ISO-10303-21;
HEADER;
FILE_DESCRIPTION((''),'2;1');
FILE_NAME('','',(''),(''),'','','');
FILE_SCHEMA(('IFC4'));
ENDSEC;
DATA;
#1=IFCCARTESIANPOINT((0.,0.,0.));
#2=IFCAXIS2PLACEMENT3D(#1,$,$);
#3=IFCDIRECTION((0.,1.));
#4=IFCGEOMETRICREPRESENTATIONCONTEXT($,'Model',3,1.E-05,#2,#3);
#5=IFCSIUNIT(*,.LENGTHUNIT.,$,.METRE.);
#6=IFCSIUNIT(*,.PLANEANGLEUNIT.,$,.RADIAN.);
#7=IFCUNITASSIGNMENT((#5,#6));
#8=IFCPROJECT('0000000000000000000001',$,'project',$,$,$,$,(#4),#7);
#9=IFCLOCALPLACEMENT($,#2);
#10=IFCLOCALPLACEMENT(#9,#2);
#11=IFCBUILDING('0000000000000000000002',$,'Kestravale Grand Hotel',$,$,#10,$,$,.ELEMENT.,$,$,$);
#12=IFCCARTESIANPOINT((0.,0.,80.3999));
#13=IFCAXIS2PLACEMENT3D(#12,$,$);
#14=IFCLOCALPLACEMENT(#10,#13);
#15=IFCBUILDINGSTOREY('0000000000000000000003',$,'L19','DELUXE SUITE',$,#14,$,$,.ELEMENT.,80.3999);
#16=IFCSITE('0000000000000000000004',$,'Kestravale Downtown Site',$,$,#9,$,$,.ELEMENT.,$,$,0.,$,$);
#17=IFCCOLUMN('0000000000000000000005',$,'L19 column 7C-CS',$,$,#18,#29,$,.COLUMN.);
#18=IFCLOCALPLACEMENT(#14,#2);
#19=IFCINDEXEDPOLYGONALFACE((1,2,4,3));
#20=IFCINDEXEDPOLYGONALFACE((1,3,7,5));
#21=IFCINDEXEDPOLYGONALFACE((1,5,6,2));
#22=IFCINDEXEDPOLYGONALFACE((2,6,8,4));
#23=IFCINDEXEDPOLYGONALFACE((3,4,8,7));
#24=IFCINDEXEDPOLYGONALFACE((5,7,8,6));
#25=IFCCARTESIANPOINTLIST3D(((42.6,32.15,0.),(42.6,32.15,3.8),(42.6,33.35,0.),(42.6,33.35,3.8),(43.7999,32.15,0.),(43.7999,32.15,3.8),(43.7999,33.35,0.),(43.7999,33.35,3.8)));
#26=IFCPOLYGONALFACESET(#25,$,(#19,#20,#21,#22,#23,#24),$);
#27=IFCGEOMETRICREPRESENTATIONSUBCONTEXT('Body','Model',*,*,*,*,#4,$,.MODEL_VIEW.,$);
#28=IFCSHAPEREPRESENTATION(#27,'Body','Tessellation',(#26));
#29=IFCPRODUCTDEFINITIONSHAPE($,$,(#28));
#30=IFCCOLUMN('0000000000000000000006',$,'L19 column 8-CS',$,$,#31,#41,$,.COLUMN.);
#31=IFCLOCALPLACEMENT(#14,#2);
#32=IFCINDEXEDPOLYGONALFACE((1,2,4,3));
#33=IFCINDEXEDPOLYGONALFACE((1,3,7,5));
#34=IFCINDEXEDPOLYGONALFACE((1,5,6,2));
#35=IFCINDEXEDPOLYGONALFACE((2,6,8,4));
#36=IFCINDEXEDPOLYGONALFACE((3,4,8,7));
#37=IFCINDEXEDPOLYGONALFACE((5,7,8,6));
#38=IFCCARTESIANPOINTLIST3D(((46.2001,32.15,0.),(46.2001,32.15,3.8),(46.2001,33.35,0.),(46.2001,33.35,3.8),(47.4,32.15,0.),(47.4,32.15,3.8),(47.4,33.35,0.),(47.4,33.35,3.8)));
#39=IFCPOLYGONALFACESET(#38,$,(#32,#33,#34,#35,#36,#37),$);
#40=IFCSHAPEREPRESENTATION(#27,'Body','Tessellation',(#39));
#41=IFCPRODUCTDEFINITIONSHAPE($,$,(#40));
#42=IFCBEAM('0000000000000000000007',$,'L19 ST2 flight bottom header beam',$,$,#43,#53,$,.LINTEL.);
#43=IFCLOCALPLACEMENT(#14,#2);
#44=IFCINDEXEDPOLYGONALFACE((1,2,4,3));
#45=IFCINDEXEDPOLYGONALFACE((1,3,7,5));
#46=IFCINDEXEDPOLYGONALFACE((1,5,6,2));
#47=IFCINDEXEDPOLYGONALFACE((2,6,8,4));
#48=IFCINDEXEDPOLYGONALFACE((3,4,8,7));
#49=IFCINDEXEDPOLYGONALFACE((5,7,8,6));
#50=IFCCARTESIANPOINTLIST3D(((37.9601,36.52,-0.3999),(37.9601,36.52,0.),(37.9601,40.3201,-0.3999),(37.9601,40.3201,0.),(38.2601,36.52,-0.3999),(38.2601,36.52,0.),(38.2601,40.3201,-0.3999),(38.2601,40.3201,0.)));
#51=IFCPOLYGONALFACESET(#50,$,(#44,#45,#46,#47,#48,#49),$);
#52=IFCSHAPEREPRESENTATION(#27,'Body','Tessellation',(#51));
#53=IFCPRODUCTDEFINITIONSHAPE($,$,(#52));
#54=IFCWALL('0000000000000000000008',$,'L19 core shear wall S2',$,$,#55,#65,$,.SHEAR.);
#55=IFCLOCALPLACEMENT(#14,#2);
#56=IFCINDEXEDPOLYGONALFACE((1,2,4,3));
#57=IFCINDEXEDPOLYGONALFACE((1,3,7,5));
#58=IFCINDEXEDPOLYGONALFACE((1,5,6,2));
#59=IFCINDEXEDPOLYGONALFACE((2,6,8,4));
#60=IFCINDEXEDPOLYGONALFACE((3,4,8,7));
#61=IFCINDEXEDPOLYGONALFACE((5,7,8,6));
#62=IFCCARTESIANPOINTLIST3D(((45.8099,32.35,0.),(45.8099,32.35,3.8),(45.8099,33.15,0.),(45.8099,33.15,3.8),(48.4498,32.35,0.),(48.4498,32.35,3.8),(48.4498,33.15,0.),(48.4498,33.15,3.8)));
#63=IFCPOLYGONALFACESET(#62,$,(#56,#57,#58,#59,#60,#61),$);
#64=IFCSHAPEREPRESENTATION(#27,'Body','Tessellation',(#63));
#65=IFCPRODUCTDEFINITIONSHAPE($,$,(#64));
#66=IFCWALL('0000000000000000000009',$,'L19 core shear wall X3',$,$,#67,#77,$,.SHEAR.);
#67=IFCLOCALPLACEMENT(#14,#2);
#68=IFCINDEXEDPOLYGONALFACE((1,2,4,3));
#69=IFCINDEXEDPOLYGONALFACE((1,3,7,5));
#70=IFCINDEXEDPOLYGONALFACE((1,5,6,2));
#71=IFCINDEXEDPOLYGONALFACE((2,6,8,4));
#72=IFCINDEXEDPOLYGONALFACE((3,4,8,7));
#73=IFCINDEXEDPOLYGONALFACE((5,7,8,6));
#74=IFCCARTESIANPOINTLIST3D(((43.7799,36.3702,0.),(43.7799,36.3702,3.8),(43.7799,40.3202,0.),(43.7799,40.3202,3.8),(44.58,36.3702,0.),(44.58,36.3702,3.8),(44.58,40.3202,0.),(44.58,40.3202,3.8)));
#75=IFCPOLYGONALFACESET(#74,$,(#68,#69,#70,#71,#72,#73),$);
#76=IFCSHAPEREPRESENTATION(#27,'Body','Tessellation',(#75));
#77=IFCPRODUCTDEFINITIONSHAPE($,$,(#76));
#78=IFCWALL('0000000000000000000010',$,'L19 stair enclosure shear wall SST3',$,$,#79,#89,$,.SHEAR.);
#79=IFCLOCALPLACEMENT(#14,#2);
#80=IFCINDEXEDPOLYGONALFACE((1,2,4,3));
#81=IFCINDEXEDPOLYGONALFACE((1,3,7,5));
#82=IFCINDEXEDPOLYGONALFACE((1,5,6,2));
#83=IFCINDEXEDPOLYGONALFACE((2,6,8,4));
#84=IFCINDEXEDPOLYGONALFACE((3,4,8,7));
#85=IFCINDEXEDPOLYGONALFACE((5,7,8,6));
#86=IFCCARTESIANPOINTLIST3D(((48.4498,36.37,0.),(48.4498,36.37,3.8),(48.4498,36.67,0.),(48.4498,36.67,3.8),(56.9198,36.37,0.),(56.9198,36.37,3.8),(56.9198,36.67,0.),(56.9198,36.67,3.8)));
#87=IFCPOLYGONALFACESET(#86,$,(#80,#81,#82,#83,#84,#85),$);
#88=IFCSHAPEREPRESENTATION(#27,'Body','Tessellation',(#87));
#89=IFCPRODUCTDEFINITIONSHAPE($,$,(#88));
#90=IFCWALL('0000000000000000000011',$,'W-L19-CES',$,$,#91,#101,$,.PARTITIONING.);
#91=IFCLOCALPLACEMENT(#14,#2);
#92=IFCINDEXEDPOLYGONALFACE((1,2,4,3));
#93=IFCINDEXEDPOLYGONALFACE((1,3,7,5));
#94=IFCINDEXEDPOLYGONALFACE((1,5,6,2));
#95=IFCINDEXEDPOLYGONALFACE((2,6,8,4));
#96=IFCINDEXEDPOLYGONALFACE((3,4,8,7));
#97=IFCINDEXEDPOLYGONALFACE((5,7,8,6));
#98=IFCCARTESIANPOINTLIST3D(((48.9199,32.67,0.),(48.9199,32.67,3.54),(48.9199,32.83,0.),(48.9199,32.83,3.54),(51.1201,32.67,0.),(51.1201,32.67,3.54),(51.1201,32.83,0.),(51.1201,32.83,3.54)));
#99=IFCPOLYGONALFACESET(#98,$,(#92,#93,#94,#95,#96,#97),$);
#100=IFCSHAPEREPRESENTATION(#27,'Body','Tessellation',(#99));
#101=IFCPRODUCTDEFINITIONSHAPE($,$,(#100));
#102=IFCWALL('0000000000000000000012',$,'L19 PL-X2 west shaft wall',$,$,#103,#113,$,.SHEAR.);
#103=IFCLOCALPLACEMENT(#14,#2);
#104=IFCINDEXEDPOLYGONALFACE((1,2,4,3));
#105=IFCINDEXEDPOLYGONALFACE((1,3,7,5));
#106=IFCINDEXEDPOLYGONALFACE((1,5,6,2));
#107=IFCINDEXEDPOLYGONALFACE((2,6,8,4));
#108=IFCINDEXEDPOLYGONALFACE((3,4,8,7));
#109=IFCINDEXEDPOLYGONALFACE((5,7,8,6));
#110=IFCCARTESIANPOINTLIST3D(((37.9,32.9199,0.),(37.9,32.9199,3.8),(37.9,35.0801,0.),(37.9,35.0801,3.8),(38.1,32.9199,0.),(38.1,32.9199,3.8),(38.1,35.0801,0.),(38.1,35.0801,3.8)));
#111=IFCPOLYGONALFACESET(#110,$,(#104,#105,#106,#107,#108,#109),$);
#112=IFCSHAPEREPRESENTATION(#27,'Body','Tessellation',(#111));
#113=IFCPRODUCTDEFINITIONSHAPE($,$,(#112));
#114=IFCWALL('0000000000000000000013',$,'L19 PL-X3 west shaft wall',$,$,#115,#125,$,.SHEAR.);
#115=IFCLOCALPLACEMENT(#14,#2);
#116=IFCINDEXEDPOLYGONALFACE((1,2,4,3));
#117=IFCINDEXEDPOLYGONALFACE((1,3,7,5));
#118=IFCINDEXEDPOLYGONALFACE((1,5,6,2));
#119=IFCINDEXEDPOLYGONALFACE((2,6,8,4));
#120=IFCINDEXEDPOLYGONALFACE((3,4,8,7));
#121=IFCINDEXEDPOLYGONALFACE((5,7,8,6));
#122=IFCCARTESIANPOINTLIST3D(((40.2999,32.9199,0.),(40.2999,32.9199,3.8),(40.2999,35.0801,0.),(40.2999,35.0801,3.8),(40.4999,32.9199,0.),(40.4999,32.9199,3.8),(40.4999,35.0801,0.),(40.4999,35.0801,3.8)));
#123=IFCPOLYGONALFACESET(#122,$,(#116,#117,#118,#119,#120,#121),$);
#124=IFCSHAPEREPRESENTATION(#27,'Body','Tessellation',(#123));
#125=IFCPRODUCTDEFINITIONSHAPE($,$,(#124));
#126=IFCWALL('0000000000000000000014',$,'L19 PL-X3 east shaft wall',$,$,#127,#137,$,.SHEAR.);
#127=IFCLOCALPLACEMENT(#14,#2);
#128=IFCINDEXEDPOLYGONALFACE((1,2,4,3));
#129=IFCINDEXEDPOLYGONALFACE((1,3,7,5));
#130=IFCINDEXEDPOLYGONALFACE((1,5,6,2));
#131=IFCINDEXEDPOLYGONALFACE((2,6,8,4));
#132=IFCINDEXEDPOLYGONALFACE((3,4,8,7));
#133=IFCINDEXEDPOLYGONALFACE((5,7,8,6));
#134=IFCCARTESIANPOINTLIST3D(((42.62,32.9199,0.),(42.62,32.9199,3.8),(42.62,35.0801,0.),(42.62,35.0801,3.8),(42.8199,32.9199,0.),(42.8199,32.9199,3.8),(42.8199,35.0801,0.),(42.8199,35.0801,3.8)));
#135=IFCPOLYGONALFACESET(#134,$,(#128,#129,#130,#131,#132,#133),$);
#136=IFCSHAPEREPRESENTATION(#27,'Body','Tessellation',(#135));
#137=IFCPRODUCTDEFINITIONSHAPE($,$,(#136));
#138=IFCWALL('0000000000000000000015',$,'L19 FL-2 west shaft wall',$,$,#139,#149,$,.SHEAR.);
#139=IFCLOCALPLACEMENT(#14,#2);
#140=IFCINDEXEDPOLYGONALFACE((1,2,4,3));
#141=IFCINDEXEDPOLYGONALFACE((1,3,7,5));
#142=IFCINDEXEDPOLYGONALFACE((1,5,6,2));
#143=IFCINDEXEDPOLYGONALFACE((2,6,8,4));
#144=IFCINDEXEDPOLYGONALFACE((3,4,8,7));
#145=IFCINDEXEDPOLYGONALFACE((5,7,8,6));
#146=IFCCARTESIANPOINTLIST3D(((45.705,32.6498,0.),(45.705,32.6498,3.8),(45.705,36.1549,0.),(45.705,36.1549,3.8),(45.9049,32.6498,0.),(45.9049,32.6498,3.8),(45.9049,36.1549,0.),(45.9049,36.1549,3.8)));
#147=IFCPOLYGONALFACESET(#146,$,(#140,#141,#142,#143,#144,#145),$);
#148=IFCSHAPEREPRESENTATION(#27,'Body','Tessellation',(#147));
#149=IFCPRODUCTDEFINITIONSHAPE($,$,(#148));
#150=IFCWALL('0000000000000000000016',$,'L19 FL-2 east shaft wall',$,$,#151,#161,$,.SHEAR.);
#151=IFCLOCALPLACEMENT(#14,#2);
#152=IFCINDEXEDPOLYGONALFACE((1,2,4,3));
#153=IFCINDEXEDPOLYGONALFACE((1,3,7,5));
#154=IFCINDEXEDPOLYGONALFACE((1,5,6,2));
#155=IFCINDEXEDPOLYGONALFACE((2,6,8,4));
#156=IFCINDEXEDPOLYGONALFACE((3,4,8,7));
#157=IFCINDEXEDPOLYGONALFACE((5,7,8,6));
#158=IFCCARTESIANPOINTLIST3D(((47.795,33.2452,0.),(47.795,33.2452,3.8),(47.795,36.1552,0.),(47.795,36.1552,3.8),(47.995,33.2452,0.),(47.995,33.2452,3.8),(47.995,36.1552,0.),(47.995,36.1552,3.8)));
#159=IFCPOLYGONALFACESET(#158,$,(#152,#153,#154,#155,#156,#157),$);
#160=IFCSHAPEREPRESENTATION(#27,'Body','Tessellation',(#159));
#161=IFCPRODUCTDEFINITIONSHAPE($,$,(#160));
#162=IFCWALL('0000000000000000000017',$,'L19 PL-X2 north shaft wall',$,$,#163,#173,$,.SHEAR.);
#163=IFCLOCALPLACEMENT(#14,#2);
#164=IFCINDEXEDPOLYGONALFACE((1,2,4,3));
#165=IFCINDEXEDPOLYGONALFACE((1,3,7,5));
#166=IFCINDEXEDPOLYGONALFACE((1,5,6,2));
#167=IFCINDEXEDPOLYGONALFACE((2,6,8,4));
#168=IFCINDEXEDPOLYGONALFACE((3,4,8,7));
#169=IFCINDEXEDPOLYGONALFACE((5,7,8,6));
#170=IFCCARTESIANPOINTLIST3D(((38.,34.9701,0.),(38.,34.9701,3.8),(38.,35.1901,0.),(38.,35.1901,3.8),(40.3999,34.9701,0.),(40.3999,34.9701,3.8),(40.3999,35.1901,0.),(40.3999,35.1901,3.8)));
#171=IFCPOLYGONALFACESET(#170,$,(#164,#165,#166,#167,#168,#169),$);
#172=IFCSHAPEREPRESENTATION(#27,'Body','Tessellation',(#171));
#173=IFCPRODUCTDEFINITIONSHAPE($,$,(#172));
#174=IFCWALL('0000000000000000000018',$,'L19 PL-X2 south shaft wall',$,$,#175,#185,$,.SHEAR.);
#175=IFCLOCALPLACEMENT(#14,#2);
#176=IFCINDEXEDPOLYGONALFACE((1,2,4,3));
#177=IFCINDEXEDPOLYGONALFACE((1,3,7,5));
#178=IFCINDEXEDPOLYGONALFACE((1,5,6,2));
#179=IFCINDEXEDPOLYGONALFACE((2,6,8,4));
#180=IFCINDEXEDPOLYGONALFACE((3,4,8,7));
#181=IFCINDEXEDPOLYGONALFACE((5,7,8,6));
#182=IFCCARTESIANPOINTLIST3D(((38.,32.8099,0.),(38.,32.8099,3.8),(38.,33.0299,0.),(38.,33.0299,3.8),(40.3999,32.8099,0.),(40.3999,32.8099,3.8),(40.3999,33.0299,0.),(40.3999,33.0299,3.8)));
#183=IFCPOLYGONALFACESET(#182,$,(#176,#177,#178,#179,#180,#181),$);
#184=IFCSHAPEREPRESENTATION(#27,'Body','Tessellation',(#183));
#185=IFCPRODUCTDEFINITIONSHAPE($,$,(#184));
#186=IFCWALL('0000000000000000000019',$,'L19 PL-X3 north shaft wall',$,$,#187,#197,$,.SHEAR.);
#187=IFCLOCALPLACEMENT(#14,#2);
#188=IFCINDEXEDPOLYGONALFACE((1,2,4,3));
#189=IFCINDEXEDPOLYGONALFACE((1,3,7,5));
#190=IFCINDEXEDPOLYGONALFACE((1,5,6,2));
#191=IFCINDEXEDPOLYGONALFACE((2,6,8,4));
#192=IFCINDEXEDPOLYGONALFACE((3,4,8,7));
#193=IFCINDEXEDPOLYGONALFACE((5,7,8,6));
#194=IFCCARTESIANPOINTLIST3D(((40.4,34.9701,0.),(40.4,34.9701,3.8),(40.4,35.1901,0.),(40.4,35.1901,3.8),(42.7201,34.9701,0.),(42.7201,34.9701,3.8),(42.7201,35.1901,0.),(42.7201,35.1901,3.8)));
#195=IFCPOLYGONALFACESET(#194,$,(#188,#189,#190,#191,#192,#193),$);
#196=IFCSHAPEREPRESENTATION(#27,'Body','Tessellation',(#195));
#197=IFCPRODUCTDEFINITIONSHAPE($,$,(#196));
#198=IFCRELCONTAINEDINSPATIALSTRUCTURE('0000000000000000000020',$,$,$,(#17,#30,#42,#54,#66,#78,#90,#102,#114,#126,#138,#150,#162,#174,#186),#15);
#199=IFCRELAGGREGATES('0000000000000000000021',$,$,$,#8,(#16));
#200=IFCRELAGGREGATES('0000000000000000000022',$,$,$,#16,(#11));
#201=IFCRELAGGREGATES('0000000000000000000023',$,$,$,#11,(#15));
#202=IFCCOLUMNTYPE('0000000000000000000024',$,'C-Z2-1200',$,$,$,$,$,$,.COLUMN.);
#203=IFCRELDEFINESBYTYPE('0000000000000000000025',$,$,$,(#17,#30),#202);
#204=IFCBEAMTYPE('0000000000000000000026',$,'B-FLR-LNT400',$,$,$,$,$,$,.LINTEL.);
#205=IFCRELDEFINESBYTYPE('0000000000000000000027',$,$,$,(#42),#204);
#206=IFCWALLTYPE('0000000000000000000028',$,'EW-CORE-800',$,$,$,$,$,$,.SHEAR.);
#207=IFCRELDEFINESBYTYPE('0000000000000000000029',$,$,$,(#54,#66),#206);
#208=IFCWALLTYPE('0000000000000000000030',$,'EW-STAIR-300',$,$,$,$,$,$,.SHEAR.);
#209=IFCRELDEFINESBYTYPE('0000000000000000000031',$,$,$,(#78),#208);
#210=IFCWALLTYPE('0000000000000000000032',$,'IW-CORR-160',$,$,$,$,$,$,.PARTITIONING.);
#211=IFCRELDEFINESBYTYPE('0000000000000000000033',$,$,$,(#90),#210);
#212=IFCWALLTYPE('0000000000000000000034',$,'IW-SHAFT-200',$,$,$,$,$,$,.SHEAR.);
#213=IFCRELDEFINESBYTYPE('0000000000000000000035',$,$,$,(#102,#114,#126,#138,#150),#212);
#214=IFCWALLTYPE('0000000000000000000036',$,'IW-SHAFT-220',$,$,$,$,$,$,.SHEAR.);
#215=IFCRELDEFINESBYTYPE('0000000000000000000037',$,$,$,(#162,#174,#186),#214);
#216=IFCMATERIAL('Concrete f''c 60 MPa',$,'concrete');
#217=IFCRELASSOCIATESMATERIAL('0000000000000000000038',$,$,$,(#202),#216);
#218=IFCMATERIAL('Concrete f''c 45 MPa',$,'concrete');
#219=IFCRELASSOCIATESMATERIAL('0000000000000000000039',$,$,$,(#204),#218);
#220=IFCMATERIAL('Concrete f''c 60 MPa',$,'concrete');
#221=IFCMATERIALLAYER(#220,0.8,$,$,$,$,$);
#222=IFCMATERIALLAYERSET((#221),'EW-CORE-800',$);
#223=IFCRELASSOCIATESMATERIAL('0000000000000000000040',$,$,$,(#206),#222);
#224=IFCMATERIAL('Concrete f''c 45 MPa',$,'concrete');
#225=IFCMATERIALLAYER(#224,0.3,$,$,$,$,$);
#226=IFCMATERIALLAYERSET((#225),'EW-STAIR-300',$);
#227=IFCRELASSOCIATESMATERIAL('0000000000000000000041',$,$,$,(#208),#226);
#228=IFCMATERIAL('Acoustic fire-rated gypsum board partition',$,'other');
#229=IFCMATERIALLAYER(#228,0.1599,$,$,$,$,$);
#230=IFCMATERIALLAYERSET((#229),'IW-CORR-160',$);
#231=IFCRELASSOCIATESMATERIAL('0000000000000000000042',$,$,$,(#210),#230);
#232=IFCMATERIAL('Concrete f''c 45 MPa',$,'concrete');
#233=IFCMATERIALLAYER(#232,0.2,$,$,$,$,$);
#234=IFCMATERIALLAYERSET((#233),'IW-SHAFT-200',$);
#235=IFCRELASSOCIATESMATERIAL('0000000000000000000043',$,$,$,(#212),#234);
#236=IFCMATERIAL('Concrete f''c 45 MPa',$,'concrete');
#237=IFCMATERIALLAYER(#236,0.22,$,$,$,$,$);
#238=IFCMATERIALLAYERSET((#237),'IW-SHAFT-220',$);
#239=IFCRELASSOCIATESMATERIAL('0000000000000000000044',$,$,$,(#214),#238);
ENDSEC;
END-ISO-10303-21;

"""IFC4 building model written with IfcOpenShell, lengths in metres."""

from ifc_helpers import new_model, si_unit, direction, frame, frame_2d, origin, origin_2d, place, context, subcontext, project, spatial, rectangle, extrude, material, layer, layer_set, material_profile, profile_set, type_object, element, save


model = new_model("IFC4")

# Units and contexts
model_context = context("Model", 3, precision=1e-05, world=origin(), true_north=direction((0.0, 1.0)))
body_context = subcontext(model_context, "Body", "Model", "MODEL_VIEW")
ifc_project = project(units=[si_unit("LENGTHUNIT", "METRE"), si_unit("PLANEANGLEUNIT", "RADIAN")], contexts=[model_context])

# Site, building, storey
site_placement = place(None, origin())
site = spatial("IfcSite", under=ifc_project, at=site_placement, Name="Kestravale Downtown Site", CompositionType="ELEMENT", RefElevation=0.0)
building_placement = place(site_placement, origin())
building = spatial("IfcBuilding", under=site, at=building_placement, Name="Kestravale Grand Hotel", CompositionType="ELEMENT")
storey_placement = place(building_placement, frame((0.0, 0.0, 80.3999)))
storey = spatial("IfcBuildingStorey", under=building, at=storey_placement, Name="L19", Description="DELUXE SUITE", CompositionType="ELEMENT", Elevation=80.3999)

# Columns
ifc_material_1 = material(Name="Concrete f'c 60 MPa", Category="concrete")
ifc_material_profile_1 = material_profile(ifc_material_1, rectangle(XDim=1.2, YDim=1.2, at=origin_2d()))
ifc_profile_set_1 = profile_set([ifc_material_profile_1], Name="Concrete f'c 60 MPa")
column_type = type_object("IfcColumnType", Name="C-Z2-1200", PredefinedType="COLUMN", material=ifc_profile_set_1)
for number, where, z_axis, x_axis, name in (
    (1, (43.2, 32.75, 0.0), (0.0, 0.0, 1.0), (1.0, 0.0, 0.0), "L19 column 7C-CS"),
    (2, (46.8, 32.75, 0.0), (0.0, 0.0, 1.0), (1.0, 0.0, 0.0), "L19 column 8-CS"),
):
    element("IfcColumn", number, at=place(storey_placement, frame(where, z_axis=z_axis, x_axis=x_axis)), inside=storey, type_object=column_type, Name=name, PredefinedType="COLUMN", context=body_context, shape_type="SweptSolid", body=[
        extrude(rectangle(XDim=1.2, YDim=1.2, at=origin_2d()), origin(), (0.0, 0.0, 1.0), 3.8),
    ])

# Beam
ifc_material_2 = material(Name="Concrete f'c 45 MPa", Category="concrete")
ifc_material_profile_2 = material_profile(ifc_material_2, rectangle(XDim=0.3, YDim=0.3999, at=origin_2d()))
ifc_profile_set_2 = profile_set([ifc_material_profile_2], Name="Concrete f'c 45 MPa")
beam_type = type_object("IfcBeamType", Name="B-FLR-LNT400", PredefinedType="LINTEL", material=ifc_profile_set_2)
beam_placement = place(storey_placement, frame((38.1101, 36.52, -0.2), z_axis=(0.0, 1.0, 0.0), x_axis=(-1.0, 0.0, 0.0)))
element("IfcBeam", 3, at=beam_placement, inside=storey, type_object=beam_type, Name="L19 ST2 flight bottom header beam", PredefinedType="LINTEL", context=body_context, shape_type="SweptSolid", body=[
    extrude(rectangle(XDim=0.3, YDim=0.3999, at=origin_2d()), origin(), (0.0, 0.0, 1.0), 3.8),
])

# Walls
ifc_material_3 = material(Name="Concrete f'c 60 MPa", Category="concrete")
ifc_layer_1 = layer(ifc_material_3, 0.8)
ifc_layer_set_1 = layer_set([ifc_layer_1], Name="EW-CORE-800")
wall_type_1 = type_object("IfcWallType", Name="EW-CORE-800", PredefinedType="SHEAR", material=ifc_layer_set_1)
wall_1_placement = place(storey_placement, frame((45.8101, 32.75, 0.0), z_axis=(0.0, 0.0, 1.0), x_axis=(1.0, 0.0, 0.0)))
element("IfcWall", 4, at=wall_1_placement, inside=storey, type_object=wall_type_1, Name="L19 core shear wall S2", PredefinedType="SHEAR", context=body_context, shape_type="SweptSolid", body=[
    extrude(rectangle(XDim=2.6399, YDim=0.8, at=frame_2d((1.3198, 0.0))), origin(), (0.0, 0.0, 1.0), 3.8),
])
wall_2_placement = place(storey_placement, frame((44.1799, 36.3701, 0.0), z_axis=(0.0, 0.0, 1.0), x_axis=(0.0, 1.0, 0.0)))
element("IfcWall", 5, at=wall_2_placement, inside=storey, type_object=wall_type_1, Name="L19 core shear wall X3", PredefinedType="SHEAR", context=body_context, shape_type="SweptSolid", body=[
    extrude(rectangle(XDim=3.95, YDim=0.8, at=frame_2d((1.9751, 0.0))), origin(), (0.0, 0.0, 1.0), 3.8),
])

# Walls
ifc_material_4 = material(Name="Concrete f'c 45 MPa", Category="concrete")
ifc_layer_2 = layer(ifc_material_4, 0.3)
ifc_layer_set_2 = layer_set([ifc_layer_2], Name="EW-STAIR-300")
wall_type_2 = type_object("IfcWallType", Name="EW-STAIR-300", PredefinedType="SHEAR", material=ifc_layer_set_2)
wall_3_placement = place(storey_placement, frame((48.45, 36.52, 0.0), z_axis=(0.0, 0.0, 1.0), x_axis=(1.0, 0.0, 0.0)))
element("IfcWall", 6, at=wall_3_placement, inside=storey, type_object=wall_type_2, Name="L19 stair enclosure shear wall SST3", PredefinedType="SHEAR", context=body_context, shape_type="SweptSolid", body=[
    extrude(rectangle(XDim=8.47, YDim=0.3, at=frame_2d((4.2349, 0.0))), origin(), (0.0, 0.0, 1.0), 3.8),
])
ifc_material_5 = material(Name="Acoustic fire-rated gypsum board partition", Category="other")
ifc_layer_3 = layer(ifc_material_5, 0.1599)
ifc_layer_set_3 = layer_set([ifc_layer_3], Name="IW-CORR-160")
wall_type_3 = type_object("IfcWallType", Name="IW-CORR-160", PredefinedType="PARTITIONING", material=ifc_layer_set_3)
wall_4_placement = place(storey_placement, frame((48.9199, 32.75, 0.0), z_axis=(0.0, 0.0, 1.0), x_axis=(1.0, 0.0, 0.0)))
element("IfcWall", 7, at=wall_4_placement, inside=storey, type_object=wall_type_3, Name="W-L19-CES", PredefinedType="PARTITIONING", context=body_context, shape_type="SweptSolid", body=[
    extrude(rectangle(XDim=2.2002, YDim=0.1599, at=frame_2d((1.1001, 0.0))), origin(), (0.0, 0.0, 1.0), 3.54),
])

# Walls
ifc_material_6 = material(Name="Concrete f'c 45 MPa", Category="concrete")
ifc_layer_4 = layer(ifc_material_6, 0.2)
ifc_layer_set_4 = layer_set([ifc_layer_4], Name="IW-SHAFT-200")
wall_type_4 = type_object("IfcWallType", Name="IW-SHAFT-200", PredefinedType="SHEAR", material=ifc_layer_set_4)
for number, where, z_axis, x_axis, name in (
    (8, (38.0, 32.9199, 0.0), (0.0, 0.0, 1.0), (0.0, 1.0, 0.0), "L19 PL-X2 west shaft wall"),
    (9, (40.3999, 32.9199, 0.0), (0.0, 0.0, 1.0), (0.0, 1.0, 0.0), "L19 PL-X3 west shaft wall"),
    (10, (42.72, 32.9199, 0.0), (0.0, 0.0, 1.0), (0.0, 1.0, 0.0), "L19 PL-X3 east shaft wall"),
):
    element("IfcWall", number, at=place(storey_placement, frame(where, z_axis=z_axis, x_axis=x_axis)), inside=storey, type_object=wall_type_4, Name=name, PredefinedType="SHEAR", context=body_context, shape_type="SweptSolid", body=[
        extrude(rectangle(XDim=2.1602, YDim=0.2, at=frame_2d((1.0801, 0.0))), origin(), (0.0, 0.0, 1.0), 3.8),
    ])
wall_5_placement = place(storey_placement, frame((45.8049, 32.6499, 0.0), z_axis=(0.0, 0.0, 1.0), x_axis=(0.0, 1.0, 0.0)))
element("IfcWall", 11, at=wall_5_placement, inside=storey, type_object=wall_type_4, Name="L19 FL-2 west shaft wall", PredefinedType="SHEAR", context=body_context, shape_type="SweptSolid", body=[
    extrude(rectangle(XDim=3.5051, YDim=0.2, at=frame_2d((1.7524, 0.0))), origin(), (0.0, 0.0, 1.0), 3.8),
])
wall_6_placement = place(storey_placement, frame((47.895, 33.2451, 0.0), z_axis=(0.0, 0.0, 1.0), x_axis=(0.0, 1.0, 0.0)))
element("IfcWall", 12, at=wall_6_placement, inside=storey, type_object=wall_type_4, Name="L19 FL-2 east shaft wall", PredefinedType="SHEAR", context=body_context, shape_type="SweptSolid", body=[
    extrude(rectangle(XDim=2.9099, YDim=0.2, at=frame_2d((1.4551, 0.0))), origin(), (0.0, 0.0, 1.0), 3.8),
])
ifc_material_7 = material(Name="Concrete f'c 45 MPa", Category="concrete")
ifc_layer_5 = layer(ifc_material_7, 0.22)
ifc_layer_set_5 = layer_set([ifc_layer_5], Name="IW-SHAFT-220")
wall_type_5 = type_object("IfcWallType", Name="IW-SHAFT-220", PredefinedType="SHEAR", material=ifc_layer_set_5)
for number, where, z_axis, x_axis, name in (
    (13, (38.0, 35.0801, 0.0), (0.0, 0.0, 1.0), (1.0, 0.0, 0.0), "L19 PL-X2 north shaft wall"),
    (14, (38.0, 32.9199, 0.0), (0.0, 0.0, 1.0), (1.0, 0.0, 0.0), "L19 PL-X2 south shaft wall"),
):
    element("IfcWall", number, at=place(storey_placement, frame(where, z_axis=z_axis, x_axis=x_axis)), inside=storey, type_object=wall_type_5, Name=name, PredefinedType="SHEAR", context=body_context, shape_type="SweptSolid", body=[
        extrude(rectangle(XDim=2.3999, YDim=0.22, at=frame_2d((1.2, 0.0))), origin(), (0.0, 0.0, 1.0), 3.8),
    ])
for number, where, z_axis, x_axis, name in (
    (15, (40.3999, 35.0801, 0.0), (0.0, 0.0, 1.0), (1.0, 0.0, 0.0), "L19 PL-X3 north shaft wall"),
):
    element("IfcWall", number, at=place(storey_placement, frame(where, z_axis=z_axis, x_axis=x_axis)), inside=storey, type_object=wall_type_5, Name=name, PredefinedType="SHEAR", context=body_context, shape_type="SweptSolid", body=[
        extrude(rectangle(XDim=2.3201, YDim=0.22, at=frame_2d((1.1602, 0.0))), origin(), (0.0, 0.0, 1.0), 3.8),
    ])

save(model, "model.ifc")
